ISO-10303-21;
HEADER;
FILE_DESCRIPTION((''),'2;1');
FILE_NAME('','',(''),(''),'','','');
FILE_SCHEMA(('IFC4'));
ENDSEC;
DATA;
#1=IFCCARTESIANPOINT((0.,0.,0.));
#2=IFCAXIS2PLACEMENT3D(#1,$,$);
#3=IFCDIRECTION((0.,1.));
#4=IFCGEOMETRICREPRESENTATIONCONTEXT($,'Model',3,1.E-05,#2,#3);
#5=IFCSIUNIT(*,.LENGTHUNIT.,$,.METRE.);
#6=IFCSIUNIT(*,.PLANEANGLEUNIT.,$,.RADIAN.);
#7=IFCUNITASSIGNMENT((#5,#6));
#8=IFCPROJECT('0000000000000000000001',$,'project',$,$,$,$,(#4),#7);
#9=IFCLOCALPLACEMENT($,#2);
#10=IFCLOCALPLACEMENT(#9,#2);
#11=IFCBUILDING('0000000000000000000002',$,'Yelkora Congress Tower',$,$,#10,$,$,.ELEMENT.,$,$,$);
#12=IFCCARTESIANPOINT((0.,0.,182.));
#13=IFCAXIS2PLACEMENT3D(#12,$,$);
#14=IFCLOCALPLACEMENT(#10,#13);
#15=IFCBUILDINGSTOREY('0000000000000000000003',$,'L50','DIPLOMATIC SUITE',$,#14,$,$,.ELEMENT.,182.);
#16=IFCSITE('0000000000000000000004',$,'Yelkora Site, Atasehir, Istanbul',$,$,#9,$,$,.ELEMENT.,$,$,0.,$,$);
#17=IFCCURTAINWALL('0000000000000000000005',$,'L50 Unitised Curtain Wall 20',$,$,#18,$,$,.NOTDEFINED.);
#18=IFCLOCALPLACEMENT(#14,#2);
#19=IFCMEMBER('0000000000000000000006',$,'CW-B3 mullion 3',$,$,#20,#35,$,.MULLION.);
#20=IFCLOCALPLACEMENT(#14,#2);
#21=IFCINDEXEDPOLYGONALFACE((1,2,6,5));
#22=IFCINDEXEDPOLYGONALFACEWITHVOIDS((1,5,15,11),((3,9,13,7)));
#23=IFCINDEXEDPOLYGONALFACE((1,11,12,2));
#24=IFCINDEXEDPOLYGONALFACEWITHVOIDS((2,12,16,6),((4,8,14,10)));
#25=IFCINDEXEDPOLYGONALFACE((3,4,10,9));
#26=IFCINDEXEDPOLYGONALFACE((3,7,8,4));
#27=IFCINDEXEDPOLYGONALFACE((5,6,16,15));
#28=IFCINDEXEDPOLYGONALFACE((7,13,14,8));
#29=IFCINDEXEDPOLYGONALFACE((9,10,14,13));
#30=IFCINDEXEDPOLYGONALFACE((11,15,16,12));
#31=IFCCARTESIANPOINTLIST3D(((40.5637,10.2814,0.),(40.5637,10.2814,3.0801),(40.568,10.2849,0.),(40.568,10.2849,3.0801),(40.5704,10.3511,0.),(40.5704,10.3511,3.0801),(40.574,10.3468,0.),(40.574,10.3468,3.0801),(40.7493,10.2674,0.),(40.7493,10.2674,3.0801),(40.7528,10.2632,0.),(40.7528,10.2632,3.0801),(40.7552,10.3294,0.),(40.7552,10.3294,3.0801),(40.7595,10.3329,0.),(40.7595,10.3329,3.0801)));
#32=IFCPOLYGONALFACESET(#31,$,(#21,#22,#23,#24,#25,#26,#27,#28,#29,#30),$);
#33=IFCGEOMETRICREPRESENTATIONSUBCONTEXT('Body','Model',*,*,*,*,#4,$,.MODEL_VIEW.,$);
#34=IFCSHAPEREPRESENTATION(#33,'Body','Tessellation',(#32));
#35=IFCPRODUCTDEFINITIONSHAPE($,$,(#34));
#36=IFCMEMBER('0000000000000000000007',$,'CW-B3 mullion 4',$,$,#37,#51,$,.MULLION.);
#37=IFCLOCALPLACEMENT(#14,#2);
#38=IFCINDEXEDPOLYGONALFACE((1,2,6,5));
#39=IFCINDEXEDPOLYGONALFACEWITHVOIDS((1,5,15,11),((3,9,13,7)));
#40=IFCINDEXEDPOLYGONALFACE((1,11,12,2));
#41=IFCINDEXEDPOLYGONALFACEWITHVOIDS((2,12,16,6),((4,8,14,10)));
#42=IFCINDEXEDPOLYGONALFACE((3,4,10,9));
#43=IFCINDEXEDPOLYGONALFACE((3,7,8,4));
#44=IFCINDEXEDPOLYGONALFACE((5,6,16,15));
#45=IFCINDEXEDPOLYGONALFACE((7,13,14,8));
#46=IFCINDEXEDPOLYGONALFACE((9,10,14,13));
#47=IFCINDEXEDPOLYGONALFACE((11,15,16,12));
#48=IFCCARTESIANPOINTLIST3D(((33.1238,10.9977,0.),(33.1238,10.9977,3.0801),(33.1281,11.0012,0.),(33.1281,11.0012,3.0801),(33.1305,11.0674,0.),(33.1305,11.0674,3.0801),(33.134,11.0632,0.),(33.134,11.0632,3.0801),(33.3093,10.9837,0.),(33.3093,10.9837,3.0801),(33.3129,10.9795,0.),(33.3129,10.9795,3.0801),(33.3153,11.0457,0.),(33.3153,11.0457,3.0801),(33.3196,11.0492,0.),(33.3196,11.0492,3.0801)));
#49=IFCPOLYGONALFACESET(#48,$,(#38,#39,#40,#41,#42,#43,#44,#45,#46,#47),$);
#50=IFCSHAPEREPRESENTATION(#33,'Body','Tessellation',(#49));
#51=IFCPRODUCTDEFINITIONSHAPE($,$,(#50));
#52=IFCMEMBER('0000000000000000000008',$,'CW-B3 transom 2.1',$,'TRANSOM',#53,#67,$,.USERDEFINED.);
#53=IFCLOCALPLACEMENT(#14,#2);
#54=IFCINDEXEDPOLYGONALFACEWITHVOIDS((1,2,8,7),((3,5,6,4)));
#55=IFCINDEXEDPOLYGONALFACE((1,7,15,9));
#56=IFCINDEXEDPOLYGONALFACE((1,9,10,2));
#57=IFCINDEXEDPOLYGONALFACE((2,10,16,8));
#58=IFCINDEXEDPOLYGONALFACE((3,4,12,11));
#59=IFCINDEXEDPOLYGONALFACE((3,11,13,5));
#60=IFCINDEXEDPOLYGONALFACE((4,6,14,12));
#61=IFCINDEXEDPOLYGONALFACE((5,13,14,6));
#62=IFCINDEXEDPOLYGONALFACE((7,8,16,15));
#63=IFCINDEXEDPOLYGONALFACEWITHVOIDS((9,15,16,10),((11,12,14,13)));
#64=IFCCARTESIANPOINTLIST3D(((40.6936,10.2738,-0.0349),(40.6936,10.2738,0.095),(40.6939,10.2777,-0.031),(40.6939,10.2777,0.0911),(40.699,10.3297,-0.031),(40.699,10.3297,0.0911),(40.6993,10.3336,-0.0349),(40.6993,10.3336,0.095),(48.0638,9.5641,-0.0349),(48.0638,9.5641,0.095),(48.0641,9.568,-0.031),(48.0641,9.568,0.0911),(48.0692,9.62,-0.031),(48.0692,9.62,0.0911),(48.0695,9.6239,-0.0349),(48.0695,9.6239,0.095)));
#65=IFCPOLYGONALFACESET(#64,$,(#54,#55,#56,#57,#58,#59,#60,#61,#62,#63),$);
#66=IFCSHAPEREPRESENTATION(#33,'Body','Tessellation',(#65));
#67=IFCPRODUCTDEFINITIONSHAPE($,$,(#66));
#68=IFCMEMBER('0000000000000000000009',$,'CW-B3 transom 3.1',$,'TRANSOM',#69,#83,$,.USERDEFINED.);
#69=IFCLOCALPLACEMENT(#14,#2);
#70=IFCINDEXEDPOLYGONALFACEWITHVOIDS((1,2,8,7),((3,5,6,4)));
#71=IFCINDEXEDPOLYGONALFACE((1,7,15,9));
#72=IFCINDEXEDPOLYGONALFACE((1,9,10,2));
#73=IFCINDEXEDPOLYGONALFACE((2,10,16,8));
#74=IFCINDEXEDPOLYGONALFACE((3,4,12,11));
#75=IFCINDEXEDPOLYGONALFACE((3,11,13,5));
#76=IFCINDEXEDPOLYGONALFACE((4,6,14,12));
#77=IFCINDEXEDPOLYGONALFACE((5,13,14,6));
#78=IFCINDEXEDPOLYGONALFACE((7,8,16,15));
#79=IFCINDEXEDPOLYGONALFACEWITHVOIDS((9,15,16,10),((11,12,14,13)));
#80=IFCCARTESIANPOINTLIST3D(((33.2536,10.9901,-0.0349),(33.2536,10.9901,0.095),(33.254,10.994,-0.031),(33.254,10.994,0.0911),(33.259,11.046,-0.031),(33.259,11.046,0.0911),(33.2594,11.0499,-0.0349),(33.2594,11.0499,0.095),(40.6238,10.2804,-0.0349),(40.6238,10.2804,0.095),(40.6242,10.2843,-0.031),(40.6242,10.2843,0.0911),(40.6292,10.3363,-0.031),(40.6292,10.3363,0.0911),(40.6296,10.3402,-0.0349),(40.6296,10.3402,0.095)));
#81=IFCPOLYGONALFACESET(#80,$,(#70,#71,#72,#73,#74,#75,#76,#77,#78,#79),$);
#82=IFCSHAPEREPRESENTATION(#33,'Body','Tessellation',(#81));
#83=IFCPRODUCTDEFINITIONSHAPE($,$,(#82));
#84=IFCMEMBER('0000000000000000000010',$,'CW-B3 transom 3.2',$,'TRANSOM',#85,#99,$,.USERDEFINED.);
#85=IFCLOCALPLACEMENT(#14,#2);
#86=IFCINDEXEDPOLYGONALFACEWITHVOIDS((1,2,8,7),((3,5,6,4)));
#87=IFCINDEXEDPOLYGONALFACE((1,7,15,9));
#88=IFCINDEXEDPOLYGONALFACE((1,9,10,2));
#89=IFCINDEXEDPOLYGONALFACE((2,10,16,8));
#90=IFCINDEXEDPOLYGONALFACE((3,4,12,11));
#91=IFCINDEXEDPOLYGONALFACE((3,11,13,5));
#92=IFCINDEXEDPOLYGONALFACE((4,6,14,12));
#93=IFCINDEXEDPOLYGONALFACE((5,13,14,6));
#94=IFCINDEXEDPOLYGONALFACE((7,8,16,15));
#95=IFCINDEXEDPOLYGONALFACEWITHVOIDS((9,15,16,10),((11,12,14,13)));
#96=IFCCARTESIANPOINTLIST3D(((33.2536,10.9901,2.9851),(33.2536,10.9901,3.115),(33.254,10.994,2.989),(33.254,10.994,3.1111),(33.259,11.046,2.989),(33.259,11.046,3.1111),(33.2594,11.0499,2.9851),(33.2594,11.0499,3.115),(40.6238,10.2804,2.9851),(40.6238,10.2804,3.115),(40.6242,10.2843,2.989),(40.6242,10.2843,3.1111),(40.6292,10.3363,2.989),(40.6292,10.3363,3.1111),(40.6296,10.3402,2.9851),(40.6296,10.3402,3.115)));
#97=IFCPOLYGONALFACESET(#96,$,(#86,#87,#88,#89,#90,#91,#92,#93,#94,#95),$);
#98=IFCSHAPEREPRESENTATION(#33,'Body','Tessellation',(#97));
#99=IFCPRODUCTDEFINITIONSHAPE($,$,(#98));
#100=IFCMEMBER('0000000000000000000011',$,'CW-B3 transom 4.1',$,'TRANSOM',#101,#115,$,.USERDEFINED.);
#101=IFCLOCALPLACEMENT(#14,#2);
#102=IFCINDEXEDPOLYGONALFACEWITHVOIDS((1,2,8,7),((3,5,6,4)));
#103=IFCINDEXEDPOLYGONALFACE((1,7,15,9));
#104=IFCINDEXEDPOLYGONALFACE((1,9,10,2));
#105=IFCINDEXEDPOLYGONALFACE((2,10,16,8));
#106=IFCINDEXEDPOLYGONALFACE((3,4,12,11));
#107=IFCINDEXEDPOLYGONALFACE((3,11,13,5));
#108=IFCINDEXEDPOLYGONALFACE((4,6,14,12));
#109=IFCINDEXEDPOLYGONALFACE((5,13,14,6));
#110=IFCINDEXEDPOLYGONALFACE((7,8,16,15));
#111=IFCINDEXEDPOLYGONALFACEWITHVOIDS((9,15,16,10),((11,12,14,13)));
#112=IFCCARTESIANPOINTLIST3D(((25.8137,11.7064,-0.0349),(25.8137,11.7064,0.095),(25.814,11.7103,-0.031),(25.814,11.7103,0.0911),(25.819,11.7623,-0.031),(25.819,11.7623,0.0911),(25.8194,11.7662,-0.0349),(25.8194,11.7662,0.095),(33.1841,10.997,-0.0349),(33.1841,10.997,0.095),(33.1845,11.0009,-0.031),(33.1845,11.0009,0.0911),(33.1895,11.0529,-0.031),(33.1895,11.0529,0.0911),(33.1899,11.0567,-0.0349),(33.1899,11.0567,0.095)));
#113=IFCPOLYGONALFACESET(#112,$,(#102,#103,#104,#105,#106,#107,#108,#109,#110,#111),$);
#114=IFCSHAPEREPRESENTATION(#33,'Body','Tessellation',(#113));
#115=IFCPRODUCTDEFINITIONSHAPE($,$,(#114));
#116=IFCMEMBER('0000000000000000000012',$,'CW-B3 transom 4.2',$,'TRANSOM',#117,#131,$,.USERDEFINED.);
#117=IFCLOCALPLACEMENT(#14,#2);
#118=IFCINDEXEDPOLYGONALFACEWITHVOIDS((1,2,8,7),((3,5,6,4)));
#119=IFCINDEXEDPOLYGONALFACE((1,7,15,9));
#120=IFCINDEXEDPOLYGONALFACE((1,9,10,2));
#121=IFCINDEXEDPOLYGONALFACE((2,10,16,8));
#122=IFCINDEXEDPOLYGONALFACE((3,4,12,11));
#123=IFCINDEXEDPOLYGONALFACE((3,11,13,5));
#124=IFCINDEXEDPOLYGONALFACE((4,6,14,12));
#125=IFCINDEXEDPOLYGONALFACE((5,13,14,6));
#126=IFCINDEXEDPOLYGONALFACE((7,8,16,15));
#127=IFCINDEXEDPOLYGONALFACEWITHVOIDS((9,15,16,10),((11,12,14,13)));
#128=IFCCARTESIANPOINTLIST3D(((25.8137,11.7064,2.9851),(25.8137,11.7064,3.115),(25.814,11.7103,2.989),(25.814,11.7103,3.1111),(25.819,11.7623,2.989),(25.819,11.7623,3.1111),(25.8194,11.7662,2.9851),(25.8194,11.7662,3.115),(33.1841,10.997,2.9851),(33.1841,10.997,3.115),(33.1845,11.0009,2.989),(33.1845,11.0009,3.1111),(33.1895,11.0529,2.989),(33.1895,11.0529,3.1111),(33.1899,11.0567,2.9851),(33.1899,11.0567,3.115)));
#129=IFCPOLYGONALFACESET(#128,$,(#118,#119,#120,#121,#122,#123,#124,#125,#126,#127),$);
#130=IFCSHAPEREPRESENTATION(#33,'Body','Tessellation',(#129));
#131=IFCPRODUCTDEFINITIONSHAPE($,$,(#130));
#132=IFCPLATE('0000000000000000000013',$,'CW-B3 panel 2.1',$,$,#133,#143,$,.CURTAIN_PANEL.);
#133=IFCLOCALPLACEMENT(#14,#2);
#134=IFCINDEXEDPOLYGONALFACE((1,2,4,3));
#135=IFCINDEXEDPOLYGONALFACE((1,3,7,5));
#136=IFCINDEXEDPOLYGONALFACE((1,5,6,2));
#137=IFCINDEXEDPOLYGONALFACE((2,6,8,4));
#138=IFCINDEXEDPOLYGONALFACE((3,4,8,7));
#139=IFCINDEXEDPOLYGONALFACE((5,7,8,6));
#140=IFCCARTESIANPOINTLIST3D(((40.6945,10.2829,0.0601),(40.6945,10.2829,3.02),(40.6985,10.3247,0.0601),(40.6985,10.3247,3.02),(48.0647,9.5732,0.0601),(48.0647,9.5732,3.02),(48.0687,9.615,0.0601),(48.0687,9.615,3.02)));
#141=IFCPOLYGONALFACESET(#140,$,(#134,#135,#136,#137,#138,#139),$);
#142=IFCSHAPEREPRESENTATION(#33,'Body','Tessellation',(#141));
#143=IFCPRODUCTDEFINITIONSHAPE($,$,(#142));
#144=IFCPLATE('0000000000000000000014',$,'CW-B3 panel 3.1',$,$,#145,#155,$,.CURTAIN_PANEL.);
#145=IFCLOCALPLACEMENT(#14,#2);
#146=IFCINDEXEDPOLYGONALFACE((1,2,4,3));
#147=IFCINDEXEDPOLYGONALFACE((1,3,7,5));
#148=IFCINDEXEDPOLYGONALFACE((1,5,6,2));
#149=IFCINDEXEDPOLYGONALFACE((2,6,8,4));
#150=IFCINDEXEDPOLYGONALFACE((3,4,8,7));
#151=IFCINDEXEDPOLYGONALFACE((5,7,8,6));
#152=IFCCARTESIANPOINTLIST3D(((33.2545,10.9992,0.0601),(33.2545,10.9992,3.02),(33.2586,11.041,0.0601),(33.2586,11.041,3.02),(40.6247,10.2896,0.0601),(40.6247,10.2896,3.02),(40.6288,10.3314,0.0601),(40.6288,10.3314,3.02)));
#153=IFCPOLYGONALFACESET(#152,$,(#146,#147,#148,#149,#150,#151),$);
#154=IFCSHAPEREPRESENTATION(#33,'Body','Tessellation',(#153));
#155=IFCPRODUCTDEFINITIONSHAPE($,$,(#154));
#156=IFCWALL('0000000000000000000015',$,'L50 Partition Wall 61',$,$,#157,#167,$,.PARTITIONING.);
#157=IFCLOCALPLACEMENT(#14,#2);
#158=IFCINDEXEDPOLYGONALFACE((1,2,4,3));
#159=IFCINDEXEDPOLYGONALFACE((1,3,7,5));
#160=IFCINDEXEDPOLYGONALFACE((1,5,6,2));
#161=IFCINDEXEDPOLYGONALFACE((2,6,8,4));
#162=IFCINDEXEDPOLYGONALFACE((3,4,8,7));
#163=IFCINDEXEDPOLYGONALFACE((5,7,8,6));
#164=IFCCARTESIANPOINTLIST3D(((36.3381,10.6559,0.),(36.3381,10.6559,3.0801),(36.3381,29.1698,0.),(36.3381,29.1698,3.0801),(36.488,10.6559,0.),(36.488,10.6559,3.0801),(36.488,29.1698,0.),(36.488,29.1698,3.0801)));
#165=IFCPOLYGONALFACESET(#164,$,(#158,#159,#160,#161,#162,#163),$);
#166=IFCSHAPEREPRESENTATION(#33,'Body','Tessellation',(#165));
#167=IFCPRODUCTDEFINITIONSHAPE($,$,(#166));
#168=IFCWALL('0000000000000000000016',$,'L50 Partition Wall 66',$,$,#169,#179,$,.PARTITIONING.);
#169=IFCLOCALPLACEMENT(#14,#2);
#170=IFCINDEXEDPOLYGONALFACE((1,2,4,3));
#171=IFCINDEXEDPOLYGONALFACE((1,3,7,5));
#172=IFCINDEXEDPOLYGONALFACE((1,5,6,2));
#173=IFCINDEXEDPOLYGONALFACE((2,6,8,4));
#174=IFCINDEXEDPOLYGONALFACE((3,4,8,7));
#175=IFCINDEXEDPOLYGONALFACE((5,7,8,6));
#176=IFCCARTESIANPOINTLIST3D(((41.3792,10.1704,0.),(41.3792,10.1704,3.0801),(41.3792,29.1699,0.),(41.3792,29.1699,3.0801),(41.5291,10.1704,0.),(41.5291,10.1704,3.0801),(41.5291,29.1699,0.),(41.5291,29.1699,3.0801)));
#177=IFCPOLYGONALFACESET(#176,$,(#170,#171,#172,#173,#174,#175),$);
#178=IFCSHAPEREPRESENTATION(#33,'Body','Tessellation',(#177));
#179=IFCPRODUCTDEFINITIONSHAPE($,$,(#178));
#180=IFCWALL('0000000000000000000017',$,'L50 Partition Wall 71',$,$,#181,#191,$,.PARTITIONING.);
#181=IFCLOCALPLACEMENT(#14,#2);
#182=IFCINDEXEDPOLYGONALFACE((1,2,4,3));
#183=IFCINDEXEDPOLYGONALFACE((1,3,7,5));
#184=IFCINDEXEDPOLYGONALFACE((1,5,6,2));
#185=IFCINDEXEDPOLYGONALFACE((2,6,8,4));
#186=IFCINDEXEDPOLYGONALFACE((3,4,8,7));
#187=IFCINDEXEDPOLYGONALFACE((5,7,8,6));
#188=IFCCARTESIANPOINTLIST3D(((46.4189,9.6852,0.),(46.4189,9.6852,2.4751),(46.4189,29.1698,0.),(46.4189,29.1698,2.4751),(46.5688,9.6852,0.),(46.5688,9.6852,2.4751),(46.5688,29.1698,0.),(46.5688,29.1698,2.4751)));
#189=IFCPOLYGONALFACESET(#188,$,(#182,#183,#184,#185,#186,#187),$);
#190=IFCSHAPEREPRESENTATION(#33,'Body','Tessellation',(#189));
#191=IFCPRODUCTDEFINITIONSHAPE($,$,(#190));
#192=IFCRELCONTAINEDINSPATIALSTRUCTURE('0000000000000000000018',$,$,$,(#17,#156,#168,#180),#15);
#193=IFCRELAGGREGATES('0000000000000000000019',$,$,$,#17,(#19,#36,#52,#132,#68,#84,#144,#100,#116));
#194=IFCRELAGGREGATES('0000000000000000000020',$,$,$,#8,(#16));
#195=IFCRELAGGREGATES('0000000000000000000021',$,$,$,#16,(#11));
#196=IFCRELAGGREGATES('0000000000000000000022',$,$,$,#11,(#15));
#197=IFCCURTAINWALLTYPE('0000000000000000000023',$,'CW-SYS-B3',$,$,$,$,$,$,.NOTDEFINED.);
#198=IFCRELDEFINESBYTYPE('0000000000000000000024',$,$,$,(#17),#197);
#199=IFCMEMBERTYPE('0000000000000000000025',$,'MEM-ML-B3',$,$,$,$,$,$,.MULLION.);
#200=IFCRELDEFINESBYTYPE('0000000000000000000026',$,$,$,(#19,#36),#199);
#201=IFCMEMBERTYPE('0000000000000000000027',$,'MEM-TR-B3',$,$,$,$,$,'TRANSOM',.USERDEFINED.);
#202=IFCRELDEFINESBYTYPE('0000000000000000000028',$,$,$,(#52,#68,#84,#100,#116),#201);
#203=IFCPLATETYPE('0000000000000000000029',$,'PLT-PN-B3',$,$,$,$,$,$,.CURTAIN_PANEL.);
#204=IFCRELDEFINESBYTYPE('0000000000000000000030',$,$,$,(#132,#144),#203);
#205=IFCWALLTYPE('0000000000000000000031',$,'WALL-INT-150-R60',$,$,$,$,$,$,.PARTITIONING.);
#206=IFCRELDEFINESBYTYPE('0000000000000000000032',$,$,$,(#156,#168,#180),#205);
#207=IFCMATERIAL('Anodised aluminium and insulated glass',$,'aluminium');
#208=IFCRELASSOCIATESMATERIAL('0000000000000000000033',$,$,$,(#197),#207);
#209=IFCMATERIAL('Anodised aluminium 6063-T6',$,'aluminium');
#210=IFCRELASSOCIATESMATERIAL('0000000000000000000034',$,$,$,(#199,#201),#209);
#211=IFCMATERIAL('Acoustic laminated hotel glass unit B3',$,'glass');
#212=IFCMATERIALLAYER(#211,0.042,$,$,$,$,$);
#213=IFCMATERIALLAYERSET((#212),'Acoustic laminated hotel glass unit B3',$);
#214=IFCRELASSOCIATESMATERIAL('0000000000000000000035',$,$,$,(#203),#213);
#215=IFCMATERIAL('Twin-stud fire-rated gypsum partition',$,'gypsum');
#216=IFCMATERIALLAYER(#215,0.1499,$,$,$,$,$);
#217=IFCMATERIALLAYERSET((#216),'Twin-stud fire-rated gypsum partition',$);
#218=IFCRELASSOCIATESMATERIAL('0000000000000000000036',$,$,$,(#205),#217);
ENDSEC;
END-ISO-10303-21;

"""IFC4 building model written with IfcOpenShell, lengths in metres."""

from ifc_helpers import new_model, si_unit, direction, frame, frame_2d, origin, origin_2d, place, context, subcontext, project, spatial, rectangle, hollow_rectangle, extrude, material, layer, layer_set, material_profile, profile_set, type_object, element, aggregate, save


model = new_model("IFC4")

# Units and contexts
model_context = context("Model", 3, precision=1e-05, world=origin(), true_north=direction((0.0, 1.0)))
body_context = subcontext(model_context, "Body", "Model", "MODEL_VIEW")
ifc_project = project(units=[si_unit("LENGTHUNIT", "METRE"), si_unit("PLANEANGLEUNIT", "RADIAN")], contexts=[model_context])

# Site, building, storey
site_placement = place(None, origin())
site = spatial("IfcSite", under=ifc_project, at=site_placement, Name="Yelkora Site, Atasehir, Istanbul", CompositionType="ELEMENT", RefElevation=0.0)
building_placement = place(site_placement, origin())
building = spatial("IfcBuilding", under=site, at=building_placement, Name="Yelkora Congress Tower", CompositionType="ELEMENT")
storey_placement = place(building_placement, frame((0.0, 0.0, 182.0)))
storey = spatial("IfcBuildingStorey", under=building, at=storey_placement, Name="L50", Description="DIPLOMATIC SUITE", CompositionType="ELEMENT", Elevation=182.0)

# Curtain wall, members, plates
ifc_material_1 = material(Name="Anodised aluminium and insulated glass", Category="aluminium")
curtain_wall_type = type_object("IfcCurtainWallType", Name="CW-SYS-B3", PredefinedType="NOTDEFINED", material=ifc_material_1)
curtain_wall_placement = place(storey_placement, origin())
curtain_wall = element("IfcCurtainWall", 1, at=curtain_wall_placement, inside=storey, type_object=curtain_wall_type, Name="L50 Unitised Curtain Wall 20", PredefinedType="NOTDEFINED")
ifc_material_2 = material(Name="Anodised aluminium 6063-T6", Category="aluminium")
ifc_material_profile_1 = material_profile(ifc_material_2, hollow_rectangle(XDim=0.0701, YDim=0.1899, WallThickness=0.0039, at=origin_2d()), Name="ALU 70x190x4")
ifc_profile_set_1 = profile_set([ifc_material_profile_1], Name="Anodised aluminium 6063-T6")
member_type_1 = type_object("IfcMemberType", Name="MEM-ML-B3", PredefinedType="MULLION", material=ifc_profile_set_1)
member_1_placement = place(storey_placement, frame((40.6616, 10.3071, 0.0), z_axis=(0.0, 0.0, 1.0), x_axis=(-0.095845, -0.995396, 0.0)))
member_1 = element("IfcMember", 2, at=member_1_placement, type_object=member_type_1, Name="CW-B3 mullion 3", PredefinedType="MULLION", context=body_context, shape_type="SweptSolid", body=[
    extrude(hollow_rectangle(XDim=0.0701, YDim=0.1899, WallThickness=0.0039, at=origin_2d()), origin(), (0.0, 0.0, 1.0), 3.0801),
])
member_2_placement = place(storey_placement, frame((33.2217, 11.0234, 0.0), z_axis=(0.0, 0.0, 1.0), x_axis=(-0.095845, -0.995396, 0.0)))
member_2 = element("IfcMember", 3, at=member_2_placement, type_object=member_type_1, Name="CW-B3 mullion 4", PredefinedType="MULLION", context=body_context, shape_type="SweptSolid", body=[
    extrude(hollow_rectangle(XDim=0.0701, YDim=0.1899, WallThickness=0.0039, at=origin_2d()), origin(), (0.0, 0.0, 1.0), 3.0801),
])
ifc_material_profile_2 = material_profile(ifc_material_2, hollow_rectangle(XDim=0.0601, YDim=0.1299, WallThickness=0.0039, at=origin_2d()), Name="ALU 60x130x4")
ifc_profile_set_2 = profile_set([ifc_material_profile_2], Name="Anodised aluminium 6063-T6")
member_type_2 = type_object("IfcMemberType", Name="MEM-TR-B3", ElementType="TRANSOM", PredefinedType="USERDEFINED", material=ifc_profile_set_2)
member_3_placement = place(storey_placement, frame((48.0667, 9.594, 0.03), z_axis=(-0.995395, 0.095853, 0.0), x_axis=(-0.095853, -0.995395, 0.0)))
member_3 = element("IfcMember", 4, at=member_3_placement, type_object=member_type_2, Name="CW-B3 transom 2.1", ObjectType="TRANSOM", PredefinedType="USERDEFINED", context=body_context, shape_type="SweptSolid", body=[
    extrude(hollow_rectangle(XDim=0.0601, YDim=0.1299, WallThickness=0.0039, at=origin_2d()), origin(), (0.0, 0.0, 1.0), 7.4043),
])
member_4_placement = place(storey_placement, frame((40.6267, 10.3103, 0.03), z_axis=(-0.995395, 0.095853, 0.0), x_axis=(-0.095853, -0.995395, 0.0)))
member_4 = element("IfcMember", 5, at=member_4_placement, type_object=member_type_2, Name="CW-B3 transom 3.1", ObjectType="TRANSOM", PredefinedType="USERDEFINED", context=body_context, shape_type="SweptSolid", body=[
    extrude(hollow_rectangle(XDim=0.0601, YDim=0.1299, WallThickness=0.0039, at=origin_2d()), origin(), (0.0, 0.0, 1.0), 7.4043),
])
member_5_placement = place(storey_placement, frame((40.6267, 10.3103, 3.05), z_axis=(-0.995395, 0.095853, 0.0), x_axis=(-0.095853, -0.995395, 0.0)))
member_5 = element("IfcMember", 6, at=member_5_placement, type_object=member_type_2, Name="CW-B3 transom 3.2", ObjectType="TRANSOM", PredefinedType="USERDEFINED", context=body_context, shape_type="SweptSolid", body=[
    extrude(hollow_rectangle(XDim=0.0601, YDim=0.1299, WallThickness=0.0039, at=origin_2d()), origin(), (0.0, 0.0, 1.0), 7.4043),
])
member_6_placement = place(storey_placement, frame((33.187, 11.0269, 0.03), z_axis=(-0.995399, 0.095817, 0.0), x_axis=(-0.095817, -0.995399, 0.0)))
member_6 = element("IfcMember", 7, at=member_6_placement, type_object=member_type_2, Name="CW-B3 transom 4.1", ObjectType="TRANSOM", PredefinedType="USERDEFINED", context=body_context, shape_type="SweptSolid", body=[
    extrude(hollow_rectangle(XDim=0.0601, YDim=0.1299, WallThickness=0.0039, at=origin_2d()), origin(), (0.0, 0.0, 1.0), 7.4045),
])
member_7_placement = place(storey_placement, frame((33.187, 11.0269, 3.05), z_axis=(-0.995399, 0.095817, 0.0), x_axis=(-0.095817, -0.995399, 0.0)))
member_7 = element("IfcMember", 8, at=member_7_placement, type_object=member_type_2, Name="CW-B3 transom 4.2", ObjectType="TRANSOM", PredefinedType="USERDEFINED", context=body_context, shape_type="SweptSolid", body=[
    extrude(hollow_rectangle(XDim=0.0601, YDim=0.1299, WallThickness=0.0039, at=origin_2d()), origin(), (0.0, 0.0, 1.0), 7.4045),
])
ifc_material_3 = material(Name="Acoustic laminated hotel glass unit B3", Category="glass")
ifc_layer_1 = layer(ifc_material_3, 0.042)
ifc_layer_set_1 = layer_set([ifc_layer_1], Name="Acoustic laminated hotel glass unit B3")
plate_type = type_object("IfcPlateType", Name="PLT-PN-B3", PredefinedType="CURTAIN_PANEL", material=ifc_layer_set_1)
plate_1_placement = place(storey_placement, frame((44.3816, 9.949, 0.0601), z_axis=(0.0, 0.0, 1.0), x_axis=(-0.995396, 0.095845, 0.0)))
plate_1 = element("IfcPlate", 9, at=plate_1_placement, type_object=plate_type, Name="CW-B3 panel 2.1", PredefinedType="CURTAIN_PANEL", context=body_context, shape_type="SweptSolid", body=[
    extrude(rectangle(XDim=7.4043, YDim=0.042, at=origin_2d()), origin(), (0.0, 0.0, 1.0), 2.96),
])
plate_2_placement = place(storey_placement, frame((36.9417, 10.6653, 0.0601), z_axis=(0.0, 0.0, 1.0), x_axis=(-0.995396, 0.095845, 0.0)))
plate_2 = element("IfcPlate", 10, at=plate_2_placement, type_object=plate_type, Name="CW-B3 panel 3.1", PredefinedType="CURTAIN_PANEL", context=body_context, shape_type="SweptSolid", body=[
    extrude(rectangle(XDim=7.4043, YDim=0.042, at=origin_2d()), origin(), (0.0, 0.0, 1.0), 2.96),
])
aggregate(curtain_wall, [member_1, member_2, member_3, plate_1, member_4, member_5, plate_2, member_6, member_7])

# Walls
ifc_material_4 = material(Name="Twin-stud fire-rated gypsum partition", Category="gypsum")
ifc_layer_2 = layer(ifc_material_4, 0.1499)
ifc_layer_set_2 = layer_set([ifc_layer_2], Name="Twin-stud fire-rated gypsum partition")
wall_type = type_object("IfcWallType", Name="WALL-INT-150-R60", PredefinedType="PARTITIONING", material=ifc_layer_set_2)
wall_1_placement = place(storey_placement, frame((36.4131, 10.656, 0.0), z_axis=(0.0, 0.0, 1.0), x_axis=(0.0, 1.0, 0.0)))
element("IfcWall", 11, at=wall_1_placement, inside=storey, type_object=wall_type, Name="L50 Partition Wall 61", PredefinedType="PARTITIONING", context=body_context, shape_type="SweptSolid", body=[
    extrude(rectangle(XDim=18.5139, YDim=0.1499, at=frame_2d((9.2568, 0.0))), origin(), (0.0, 0.0, 1.0), 3.0801),
])
wall_2_placement = place(storey_placement, frame((41.4541, 10.1704, 0.0), z_axis=(0.0, 0.0, 1.0), x_axis=(0.0, 1.0, 0.0)))
element("IfcWall", 12, at=wall_2_placement, inside=storey, type_object=wall_type, Name="L50 Partition Wall 66", PredefinedType="PARTITIONING", context=body_context, shape_type="SweptSolid", body=[
    extrude(rectangle(XDim=18.9995, YDim=0.1499, at=frame_2d((9.4998, 0.0))), origin(), (0.0, 0.0, 1.0), 3.0801),
])
wall_3_placement = place(storey_placement, frame((46.4939, 9.6853, 0.0), z_axis=(0.0, 0.0, 1.0), x_axis=(0.0, 1.0, 0.0)))
element("IfcWall", 13, at=wall_3_placement, inside=storey, type_object=wall_type, Name="L50 Partition Wall 71", PredefinedType="PARTITIONING", context=body_context, shape_type="SweptSolid", body=[
    extrude(rectangle(XDim=19.4846, YDim=0.1499, at=frame_2d((9.7422, 0.0))), origin(), (0.0, 0.0, 1.0), 2.4751),
])

save(model, "model.ifc")
